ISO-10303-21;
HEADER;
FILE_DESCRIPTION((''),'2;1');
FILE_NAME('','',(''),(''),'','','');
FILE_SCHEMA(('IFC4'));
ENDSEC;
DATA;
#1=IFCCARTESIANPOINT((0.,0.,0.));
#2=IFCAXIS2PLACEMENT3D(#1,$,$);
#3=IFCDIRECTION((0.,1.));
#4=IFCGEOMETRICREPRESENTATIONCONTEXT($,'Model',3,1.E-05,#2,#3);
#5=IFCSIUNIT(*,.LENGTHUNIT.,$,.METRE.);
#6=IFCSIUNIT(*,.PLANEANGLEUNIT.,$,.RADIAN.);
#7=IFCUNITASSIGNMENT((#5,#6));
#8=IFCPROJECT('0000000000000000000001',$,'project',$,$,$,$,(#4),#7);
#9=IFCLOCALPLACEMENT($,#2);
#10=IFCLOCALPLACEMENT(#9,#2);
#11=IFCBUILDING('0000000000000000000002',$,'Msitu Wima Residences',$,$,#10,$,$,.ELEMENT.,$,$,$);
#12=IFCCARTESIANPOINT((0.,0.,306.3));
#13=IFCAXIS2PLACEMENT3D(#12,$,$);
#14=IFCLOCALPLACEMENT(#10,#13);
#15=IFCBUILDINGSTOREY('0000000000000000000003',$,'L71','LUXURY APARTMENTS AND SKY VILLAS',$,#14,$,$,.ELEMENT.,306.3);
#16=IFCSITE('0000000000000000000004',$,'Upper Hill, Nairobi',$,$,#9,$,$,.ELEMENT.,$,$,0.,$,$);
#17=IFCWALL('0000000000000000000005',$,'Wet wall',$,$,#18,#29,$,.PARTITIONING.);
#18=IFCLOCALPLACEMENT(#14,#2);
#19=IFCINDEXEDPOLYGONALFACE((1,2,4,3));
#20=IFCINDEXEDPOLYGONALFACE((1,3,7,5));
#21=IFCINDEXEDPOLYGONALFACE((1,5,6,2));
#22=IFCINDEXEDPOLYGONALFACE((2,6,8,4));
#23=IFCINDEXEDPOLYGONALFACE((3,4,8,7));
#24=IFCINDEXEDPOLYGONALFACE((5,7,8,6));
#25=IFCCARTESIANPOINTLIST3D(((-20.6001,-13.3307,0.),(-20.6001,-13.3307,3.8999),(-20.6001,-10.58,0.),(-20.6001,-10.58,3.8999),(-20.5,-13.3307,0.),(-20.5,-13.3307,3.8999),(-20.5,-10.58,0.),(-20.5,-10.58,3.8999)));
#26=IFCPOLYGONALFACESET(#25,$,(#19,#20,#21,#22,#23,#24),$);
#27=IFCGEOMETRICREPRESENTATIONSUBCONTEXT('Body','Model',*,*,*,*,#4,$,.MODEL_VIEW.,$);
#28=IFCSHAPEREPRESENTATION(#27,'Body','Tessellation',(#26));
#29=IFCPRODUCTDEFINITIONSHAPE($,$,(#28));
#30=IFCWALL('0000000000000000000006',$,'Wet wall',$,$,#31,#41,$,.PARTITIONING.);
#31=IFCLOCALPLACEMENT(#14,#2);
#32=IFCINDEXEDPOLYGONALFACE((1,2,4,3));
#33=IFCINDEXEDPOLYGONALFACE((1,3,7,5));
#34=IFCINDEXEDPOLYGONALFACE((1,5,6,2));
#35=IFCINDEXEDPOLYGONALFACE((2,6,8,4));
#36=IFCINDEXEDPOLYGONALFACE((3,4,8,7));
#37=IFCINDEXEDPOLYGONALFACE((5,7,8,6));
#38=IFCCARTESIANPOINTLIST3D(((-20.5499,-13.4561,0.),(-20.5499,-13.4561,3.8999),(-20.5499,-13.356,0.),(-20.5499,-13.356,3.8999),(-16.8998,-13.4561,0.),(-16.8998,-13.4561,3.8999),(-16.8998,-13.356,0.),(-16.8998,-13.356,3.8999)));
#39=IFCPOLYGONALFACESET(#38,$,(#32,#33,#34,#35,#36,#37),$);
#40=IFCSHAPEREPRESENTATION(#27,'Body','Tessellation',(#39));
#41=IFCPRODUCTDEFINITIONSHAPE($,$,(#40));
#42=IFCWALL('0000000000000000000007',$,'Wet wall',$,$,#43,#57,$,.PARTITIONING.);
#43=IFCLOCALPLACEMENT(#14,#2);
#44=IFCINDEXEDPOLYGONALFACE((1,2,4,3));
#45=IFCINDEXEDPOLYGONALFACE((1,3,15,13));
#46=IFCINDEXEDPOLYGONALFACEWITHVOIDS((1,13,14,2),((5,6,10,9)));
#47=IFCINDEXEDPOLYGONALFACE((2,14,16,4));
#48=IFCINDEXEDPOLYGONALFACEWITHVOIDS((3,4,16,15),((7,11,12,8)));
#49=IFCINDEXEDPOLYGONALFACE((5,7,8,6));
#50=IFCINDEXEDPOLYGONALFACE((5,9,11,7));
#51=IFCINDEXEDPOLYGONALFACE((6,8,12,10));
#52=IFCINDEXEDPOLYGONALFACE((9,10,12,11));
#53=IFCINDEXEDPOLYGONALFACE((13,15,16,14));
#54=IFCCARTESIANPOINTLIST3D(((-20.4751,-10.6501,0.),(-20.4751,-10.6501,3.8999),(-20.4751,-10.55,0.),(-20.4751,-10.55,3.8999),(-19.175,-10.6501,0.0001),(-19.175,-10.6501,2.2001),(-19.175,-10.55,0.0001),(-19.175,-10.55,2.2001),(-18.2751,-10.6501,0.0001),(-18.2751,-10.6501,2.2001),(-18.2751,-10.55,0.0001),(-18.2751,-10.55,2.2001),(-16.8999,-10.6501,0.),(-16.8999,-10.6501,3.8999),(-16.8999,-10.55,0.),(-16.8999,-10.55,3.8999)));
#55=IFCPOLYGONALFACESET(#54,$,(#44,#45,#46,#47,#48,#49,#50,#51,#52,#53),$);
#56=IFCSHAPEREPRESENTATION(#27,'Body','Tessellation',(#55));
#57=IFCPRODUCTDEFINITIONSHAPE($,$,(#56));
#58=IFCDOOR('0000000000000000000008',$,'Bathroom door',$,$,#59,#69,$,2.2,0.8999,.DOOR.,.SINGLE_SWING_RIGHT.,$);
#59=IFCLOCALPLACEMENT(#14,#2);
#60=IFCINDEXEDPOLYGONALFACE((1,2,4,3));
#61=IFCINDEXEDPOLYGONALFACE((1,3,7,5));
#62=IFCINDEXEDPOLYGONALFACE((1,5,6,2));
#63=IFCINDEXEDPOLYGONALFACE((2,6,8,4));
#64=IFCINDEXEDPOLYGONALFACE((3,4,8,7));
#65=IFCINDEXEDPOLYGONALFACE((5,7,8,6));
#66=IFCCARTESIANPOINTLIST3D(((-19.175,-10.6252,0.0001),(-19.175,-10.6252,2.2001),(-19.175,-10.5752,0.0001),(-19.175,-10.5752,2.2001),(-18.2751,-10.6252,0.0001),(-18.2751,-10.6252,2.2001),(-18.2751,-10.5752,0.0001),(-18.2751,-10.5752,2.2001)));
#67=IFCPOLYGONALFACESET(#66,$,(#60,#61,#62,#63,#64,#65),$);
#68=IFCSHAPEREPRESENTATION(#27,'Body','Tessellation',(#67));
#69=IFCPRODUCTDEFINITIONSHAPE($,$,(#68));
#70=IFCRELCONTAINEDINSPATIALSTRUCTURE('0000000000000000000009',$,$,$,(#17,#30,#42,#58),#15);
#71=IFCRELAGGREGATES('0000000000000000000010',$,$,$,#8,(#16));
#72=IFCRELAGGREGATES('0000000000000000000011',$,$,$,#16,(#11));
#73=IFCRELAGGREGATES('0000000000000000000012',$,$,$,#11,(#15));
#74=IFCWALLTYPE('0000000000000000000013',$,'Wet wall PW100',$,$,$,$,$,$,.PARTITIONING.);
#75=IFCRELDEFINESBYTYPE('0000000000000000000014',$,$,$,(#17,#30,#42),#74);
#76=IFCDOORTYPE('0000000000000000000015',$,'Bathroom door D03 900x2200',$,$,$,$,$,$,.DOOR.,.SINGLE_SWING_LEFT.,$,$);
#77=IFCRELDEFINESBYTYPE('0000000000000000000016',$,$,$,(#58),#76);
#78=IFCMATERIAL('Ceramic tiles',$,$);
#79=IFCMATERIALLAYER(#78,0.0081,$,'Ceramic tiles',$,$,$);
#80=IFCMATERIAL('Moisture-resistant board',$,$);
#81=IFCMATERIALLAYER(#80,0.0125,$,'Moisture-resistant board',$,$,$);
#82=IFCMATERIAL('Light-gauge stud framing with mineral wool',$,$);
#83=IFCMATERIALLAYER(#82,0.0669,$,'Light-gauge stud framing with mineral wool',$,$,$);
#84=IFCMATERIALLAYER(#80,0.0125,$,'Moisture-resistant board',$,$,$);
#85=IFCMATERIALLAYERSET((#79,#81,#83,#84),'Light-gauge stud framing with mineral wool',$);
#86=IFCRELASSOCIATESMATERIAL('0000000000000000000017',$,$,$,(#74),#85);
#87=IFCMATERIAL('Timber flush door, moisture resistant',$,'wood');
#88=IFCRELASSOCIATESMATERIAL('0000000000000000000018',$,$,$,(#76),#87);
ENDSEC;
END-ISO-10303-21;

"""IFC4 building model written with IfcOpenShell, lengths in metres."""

from ifc_helpers import new_model, si_unit, direction, frame, frame_2d, origin, place, context, subcontext, project, spatial, rectangle, extrude, material, layer, layer_set, type_object, element, fill, save


model = new_model("IFC4")

# Units and contexts
model_context = context("Model", 3, precision=1e-05, world=origin(), true_north=direction((0.0, 1.0)))
body_context = subcontext(model_context, "Body", "Model", "MODEL_VIEW")
ifc_project = project(units=[si_unit("LENGTHUNIT", "METRE"), si_unit("PLANEANGLEUNIT", "RADIAN")], contexts=[model_context])

# Site, building, storey
site_placement = place(None, origin())
site = spatial("IfcSite", under=ifc_project, at=site_placement, Name="Upper Hill, Nairobi", CompositionType="ELEMENT", RefElevation=0.0)
building_placement = place(site_placement, origin())
building = spatial("IfcBuilding", under=site, at=building_placement, Name="Msitu Wima Residences", CompositionType="ELEMENT")
storey_placement = place(building_placement, frame((0.0, 0.0, 306.3)))
storey = spatial("IfcBuildingStorey", under=building, at=storey_placement, Name="L71", Description="LUXURY APARTMENTS AND SKY VILLAS", CompositionType="ELEMENT", Elevation=306.3)

# Walls
ifc_material_1 = material(Name="Ceramic tiles")
ifc_layer_1 = layer(ifc_material_1, 0.0081, Name="Ceramic tiles")
ifc_material_2 = material(Name="Moisture-resistant board")
ifc_layer_2 = layer(ifc_material_2, 0.0125, Name="Moisture-resistant board")
ifc_material_3 = material(Name="Light-gauge stud framing with mineral wool")
ifc_layer_3 = layer(ifc_material_3, 0.0669, Name="Light-gauge stud framing with mineral wool")
ifc_layer_4 = layer(ifc_material_2, 0.0125, Name="Moisture-resistant board")
ifc_layer_set_1 = layer_set([ifc_layer_1, ifc_layer_2, ifc_layer_3, ifc_layer_4], Name="Light-gauge stud framing with mineral wool")
wall_type_1 = type_object("IfcWallType", Name="Wet wall PW100", PredefinedType="PARTITIONING", material=ifc_layer_set_1)
wall_1_placement = place(storey_placement, frame((-20.55, -13.3308, 0.0), z_axis=(0.0, 0.0, 1.0), x_axis=(0.0, 1.0, 0.0)))
element("IfcWall", 1, at=wall_1_placement, inside=storey, type_object=wall_type_1, Name="Wet wall", PredefinedType="PARTITIONING", context=body_context, shape_type="SweptSolid", body=[
    extrude(rectangle(XDim=2.7507, YDim=0.1001, at=frame_2d((1.3755, 0.0))), origin(), (0.0, 0.0, 1.0), 3.8999),
])
wall_2_placement = place(storey_placement, frame((-20.55, -13.406, 0.0), z_axis=(0.0, 0.0, 1.0), x_axis=(1.0, 0.0, 0.0)))
element("IfcWall", 2, at=wall_2_placement, inside=storey, type_object=wall_type_1, Name="Wet wall", PredefinedType="PARTITIONING", context=body_context, shape_type="SweptSolid", body=[
    extrude(rectangle(XDim=3.6501, YDim=0.1001, at=frame_2d((1.8252, 0.0))), origin(), (0.0, 0.0, 1.0), 3.8999),
])

# Wall, opening, door
wall_3_placement = place(storey_placement, frame((-20.4751, -10.6001, 0.0), z_axis=(0.0, 0.0, 1.0), x_axis=(1.0, 0.0, 0.0)))
wall_3 = element("IfcWall", 3, at=wall_3_placement, inside=storey, type_object=wall_type_1, Name="Wet wall", PredefinedType="PARTITIONING", context=body_context, shape_type="SweptSolid", body=[
    extrude(rectangle(XDim=3.5752, YDim=0.1001, at=frame_2d((1.7876, 0.0))), origin(), (0.0, 0.0, 1.0), 3.8999),
])
opening_1_placement = place(wall_3_placement, frame((1.3, 0.0, 0.0)))
opening_1 = element("IfcOpeningElement", 4, at=opening_1_placement, cuts=wall_3, PredefinedType="OPENING", context=body_context, shape_type="SweptSolid", body=[
    extrude(rectangle(XDim=0.8999, YDim=2.2, at=frame_2d((0.45, 1.1001))), frame((0.0, 0.0601, 0.0), z_axis=(0.0, -1.0, 0.0), x_axis=(1.0, 0.0, 0.0)), (0.0, 0.0, 1.0), 0.1201),
])
ifc_material_4 = material(Name="Timber flush door, moisture resistant", Category="wood")
door_type_1 = type_object("IfcDoorType", Name="Bathroom door D03 900x2200", OperationType="SINGLE_SWING_LEFT", PredefinedType="DOOR", material=ifc_material_4)
door_1_placement = place(opening_1_placement, origin())
door_1 = element("IfcDoor", 5, at=door_1_placement, inside=storey, type_object=door_type_1, Name="Bathroom door", OperationType="SINGLE_SWING_RIGHT", OverallHeight=2.2, OverallWidth=0.8999, PredefinedType="DOOR", context=body_context, shape_type="SweptSolid", body=[
    extrude(rectangle(XDim=0.8999, YDim=2.2, at=frame_2d((0.45, 1.1001))), frame((0.0, 0.0249, 0.0), z_axis=(0.0, -1.0, 0.0), x_axis=(1.0, 0.0, 0.0)), (0.0, 0.0, 1.0), 0.05),
])
fill(opening_1, door_1)

save(model, "model.ifc")
